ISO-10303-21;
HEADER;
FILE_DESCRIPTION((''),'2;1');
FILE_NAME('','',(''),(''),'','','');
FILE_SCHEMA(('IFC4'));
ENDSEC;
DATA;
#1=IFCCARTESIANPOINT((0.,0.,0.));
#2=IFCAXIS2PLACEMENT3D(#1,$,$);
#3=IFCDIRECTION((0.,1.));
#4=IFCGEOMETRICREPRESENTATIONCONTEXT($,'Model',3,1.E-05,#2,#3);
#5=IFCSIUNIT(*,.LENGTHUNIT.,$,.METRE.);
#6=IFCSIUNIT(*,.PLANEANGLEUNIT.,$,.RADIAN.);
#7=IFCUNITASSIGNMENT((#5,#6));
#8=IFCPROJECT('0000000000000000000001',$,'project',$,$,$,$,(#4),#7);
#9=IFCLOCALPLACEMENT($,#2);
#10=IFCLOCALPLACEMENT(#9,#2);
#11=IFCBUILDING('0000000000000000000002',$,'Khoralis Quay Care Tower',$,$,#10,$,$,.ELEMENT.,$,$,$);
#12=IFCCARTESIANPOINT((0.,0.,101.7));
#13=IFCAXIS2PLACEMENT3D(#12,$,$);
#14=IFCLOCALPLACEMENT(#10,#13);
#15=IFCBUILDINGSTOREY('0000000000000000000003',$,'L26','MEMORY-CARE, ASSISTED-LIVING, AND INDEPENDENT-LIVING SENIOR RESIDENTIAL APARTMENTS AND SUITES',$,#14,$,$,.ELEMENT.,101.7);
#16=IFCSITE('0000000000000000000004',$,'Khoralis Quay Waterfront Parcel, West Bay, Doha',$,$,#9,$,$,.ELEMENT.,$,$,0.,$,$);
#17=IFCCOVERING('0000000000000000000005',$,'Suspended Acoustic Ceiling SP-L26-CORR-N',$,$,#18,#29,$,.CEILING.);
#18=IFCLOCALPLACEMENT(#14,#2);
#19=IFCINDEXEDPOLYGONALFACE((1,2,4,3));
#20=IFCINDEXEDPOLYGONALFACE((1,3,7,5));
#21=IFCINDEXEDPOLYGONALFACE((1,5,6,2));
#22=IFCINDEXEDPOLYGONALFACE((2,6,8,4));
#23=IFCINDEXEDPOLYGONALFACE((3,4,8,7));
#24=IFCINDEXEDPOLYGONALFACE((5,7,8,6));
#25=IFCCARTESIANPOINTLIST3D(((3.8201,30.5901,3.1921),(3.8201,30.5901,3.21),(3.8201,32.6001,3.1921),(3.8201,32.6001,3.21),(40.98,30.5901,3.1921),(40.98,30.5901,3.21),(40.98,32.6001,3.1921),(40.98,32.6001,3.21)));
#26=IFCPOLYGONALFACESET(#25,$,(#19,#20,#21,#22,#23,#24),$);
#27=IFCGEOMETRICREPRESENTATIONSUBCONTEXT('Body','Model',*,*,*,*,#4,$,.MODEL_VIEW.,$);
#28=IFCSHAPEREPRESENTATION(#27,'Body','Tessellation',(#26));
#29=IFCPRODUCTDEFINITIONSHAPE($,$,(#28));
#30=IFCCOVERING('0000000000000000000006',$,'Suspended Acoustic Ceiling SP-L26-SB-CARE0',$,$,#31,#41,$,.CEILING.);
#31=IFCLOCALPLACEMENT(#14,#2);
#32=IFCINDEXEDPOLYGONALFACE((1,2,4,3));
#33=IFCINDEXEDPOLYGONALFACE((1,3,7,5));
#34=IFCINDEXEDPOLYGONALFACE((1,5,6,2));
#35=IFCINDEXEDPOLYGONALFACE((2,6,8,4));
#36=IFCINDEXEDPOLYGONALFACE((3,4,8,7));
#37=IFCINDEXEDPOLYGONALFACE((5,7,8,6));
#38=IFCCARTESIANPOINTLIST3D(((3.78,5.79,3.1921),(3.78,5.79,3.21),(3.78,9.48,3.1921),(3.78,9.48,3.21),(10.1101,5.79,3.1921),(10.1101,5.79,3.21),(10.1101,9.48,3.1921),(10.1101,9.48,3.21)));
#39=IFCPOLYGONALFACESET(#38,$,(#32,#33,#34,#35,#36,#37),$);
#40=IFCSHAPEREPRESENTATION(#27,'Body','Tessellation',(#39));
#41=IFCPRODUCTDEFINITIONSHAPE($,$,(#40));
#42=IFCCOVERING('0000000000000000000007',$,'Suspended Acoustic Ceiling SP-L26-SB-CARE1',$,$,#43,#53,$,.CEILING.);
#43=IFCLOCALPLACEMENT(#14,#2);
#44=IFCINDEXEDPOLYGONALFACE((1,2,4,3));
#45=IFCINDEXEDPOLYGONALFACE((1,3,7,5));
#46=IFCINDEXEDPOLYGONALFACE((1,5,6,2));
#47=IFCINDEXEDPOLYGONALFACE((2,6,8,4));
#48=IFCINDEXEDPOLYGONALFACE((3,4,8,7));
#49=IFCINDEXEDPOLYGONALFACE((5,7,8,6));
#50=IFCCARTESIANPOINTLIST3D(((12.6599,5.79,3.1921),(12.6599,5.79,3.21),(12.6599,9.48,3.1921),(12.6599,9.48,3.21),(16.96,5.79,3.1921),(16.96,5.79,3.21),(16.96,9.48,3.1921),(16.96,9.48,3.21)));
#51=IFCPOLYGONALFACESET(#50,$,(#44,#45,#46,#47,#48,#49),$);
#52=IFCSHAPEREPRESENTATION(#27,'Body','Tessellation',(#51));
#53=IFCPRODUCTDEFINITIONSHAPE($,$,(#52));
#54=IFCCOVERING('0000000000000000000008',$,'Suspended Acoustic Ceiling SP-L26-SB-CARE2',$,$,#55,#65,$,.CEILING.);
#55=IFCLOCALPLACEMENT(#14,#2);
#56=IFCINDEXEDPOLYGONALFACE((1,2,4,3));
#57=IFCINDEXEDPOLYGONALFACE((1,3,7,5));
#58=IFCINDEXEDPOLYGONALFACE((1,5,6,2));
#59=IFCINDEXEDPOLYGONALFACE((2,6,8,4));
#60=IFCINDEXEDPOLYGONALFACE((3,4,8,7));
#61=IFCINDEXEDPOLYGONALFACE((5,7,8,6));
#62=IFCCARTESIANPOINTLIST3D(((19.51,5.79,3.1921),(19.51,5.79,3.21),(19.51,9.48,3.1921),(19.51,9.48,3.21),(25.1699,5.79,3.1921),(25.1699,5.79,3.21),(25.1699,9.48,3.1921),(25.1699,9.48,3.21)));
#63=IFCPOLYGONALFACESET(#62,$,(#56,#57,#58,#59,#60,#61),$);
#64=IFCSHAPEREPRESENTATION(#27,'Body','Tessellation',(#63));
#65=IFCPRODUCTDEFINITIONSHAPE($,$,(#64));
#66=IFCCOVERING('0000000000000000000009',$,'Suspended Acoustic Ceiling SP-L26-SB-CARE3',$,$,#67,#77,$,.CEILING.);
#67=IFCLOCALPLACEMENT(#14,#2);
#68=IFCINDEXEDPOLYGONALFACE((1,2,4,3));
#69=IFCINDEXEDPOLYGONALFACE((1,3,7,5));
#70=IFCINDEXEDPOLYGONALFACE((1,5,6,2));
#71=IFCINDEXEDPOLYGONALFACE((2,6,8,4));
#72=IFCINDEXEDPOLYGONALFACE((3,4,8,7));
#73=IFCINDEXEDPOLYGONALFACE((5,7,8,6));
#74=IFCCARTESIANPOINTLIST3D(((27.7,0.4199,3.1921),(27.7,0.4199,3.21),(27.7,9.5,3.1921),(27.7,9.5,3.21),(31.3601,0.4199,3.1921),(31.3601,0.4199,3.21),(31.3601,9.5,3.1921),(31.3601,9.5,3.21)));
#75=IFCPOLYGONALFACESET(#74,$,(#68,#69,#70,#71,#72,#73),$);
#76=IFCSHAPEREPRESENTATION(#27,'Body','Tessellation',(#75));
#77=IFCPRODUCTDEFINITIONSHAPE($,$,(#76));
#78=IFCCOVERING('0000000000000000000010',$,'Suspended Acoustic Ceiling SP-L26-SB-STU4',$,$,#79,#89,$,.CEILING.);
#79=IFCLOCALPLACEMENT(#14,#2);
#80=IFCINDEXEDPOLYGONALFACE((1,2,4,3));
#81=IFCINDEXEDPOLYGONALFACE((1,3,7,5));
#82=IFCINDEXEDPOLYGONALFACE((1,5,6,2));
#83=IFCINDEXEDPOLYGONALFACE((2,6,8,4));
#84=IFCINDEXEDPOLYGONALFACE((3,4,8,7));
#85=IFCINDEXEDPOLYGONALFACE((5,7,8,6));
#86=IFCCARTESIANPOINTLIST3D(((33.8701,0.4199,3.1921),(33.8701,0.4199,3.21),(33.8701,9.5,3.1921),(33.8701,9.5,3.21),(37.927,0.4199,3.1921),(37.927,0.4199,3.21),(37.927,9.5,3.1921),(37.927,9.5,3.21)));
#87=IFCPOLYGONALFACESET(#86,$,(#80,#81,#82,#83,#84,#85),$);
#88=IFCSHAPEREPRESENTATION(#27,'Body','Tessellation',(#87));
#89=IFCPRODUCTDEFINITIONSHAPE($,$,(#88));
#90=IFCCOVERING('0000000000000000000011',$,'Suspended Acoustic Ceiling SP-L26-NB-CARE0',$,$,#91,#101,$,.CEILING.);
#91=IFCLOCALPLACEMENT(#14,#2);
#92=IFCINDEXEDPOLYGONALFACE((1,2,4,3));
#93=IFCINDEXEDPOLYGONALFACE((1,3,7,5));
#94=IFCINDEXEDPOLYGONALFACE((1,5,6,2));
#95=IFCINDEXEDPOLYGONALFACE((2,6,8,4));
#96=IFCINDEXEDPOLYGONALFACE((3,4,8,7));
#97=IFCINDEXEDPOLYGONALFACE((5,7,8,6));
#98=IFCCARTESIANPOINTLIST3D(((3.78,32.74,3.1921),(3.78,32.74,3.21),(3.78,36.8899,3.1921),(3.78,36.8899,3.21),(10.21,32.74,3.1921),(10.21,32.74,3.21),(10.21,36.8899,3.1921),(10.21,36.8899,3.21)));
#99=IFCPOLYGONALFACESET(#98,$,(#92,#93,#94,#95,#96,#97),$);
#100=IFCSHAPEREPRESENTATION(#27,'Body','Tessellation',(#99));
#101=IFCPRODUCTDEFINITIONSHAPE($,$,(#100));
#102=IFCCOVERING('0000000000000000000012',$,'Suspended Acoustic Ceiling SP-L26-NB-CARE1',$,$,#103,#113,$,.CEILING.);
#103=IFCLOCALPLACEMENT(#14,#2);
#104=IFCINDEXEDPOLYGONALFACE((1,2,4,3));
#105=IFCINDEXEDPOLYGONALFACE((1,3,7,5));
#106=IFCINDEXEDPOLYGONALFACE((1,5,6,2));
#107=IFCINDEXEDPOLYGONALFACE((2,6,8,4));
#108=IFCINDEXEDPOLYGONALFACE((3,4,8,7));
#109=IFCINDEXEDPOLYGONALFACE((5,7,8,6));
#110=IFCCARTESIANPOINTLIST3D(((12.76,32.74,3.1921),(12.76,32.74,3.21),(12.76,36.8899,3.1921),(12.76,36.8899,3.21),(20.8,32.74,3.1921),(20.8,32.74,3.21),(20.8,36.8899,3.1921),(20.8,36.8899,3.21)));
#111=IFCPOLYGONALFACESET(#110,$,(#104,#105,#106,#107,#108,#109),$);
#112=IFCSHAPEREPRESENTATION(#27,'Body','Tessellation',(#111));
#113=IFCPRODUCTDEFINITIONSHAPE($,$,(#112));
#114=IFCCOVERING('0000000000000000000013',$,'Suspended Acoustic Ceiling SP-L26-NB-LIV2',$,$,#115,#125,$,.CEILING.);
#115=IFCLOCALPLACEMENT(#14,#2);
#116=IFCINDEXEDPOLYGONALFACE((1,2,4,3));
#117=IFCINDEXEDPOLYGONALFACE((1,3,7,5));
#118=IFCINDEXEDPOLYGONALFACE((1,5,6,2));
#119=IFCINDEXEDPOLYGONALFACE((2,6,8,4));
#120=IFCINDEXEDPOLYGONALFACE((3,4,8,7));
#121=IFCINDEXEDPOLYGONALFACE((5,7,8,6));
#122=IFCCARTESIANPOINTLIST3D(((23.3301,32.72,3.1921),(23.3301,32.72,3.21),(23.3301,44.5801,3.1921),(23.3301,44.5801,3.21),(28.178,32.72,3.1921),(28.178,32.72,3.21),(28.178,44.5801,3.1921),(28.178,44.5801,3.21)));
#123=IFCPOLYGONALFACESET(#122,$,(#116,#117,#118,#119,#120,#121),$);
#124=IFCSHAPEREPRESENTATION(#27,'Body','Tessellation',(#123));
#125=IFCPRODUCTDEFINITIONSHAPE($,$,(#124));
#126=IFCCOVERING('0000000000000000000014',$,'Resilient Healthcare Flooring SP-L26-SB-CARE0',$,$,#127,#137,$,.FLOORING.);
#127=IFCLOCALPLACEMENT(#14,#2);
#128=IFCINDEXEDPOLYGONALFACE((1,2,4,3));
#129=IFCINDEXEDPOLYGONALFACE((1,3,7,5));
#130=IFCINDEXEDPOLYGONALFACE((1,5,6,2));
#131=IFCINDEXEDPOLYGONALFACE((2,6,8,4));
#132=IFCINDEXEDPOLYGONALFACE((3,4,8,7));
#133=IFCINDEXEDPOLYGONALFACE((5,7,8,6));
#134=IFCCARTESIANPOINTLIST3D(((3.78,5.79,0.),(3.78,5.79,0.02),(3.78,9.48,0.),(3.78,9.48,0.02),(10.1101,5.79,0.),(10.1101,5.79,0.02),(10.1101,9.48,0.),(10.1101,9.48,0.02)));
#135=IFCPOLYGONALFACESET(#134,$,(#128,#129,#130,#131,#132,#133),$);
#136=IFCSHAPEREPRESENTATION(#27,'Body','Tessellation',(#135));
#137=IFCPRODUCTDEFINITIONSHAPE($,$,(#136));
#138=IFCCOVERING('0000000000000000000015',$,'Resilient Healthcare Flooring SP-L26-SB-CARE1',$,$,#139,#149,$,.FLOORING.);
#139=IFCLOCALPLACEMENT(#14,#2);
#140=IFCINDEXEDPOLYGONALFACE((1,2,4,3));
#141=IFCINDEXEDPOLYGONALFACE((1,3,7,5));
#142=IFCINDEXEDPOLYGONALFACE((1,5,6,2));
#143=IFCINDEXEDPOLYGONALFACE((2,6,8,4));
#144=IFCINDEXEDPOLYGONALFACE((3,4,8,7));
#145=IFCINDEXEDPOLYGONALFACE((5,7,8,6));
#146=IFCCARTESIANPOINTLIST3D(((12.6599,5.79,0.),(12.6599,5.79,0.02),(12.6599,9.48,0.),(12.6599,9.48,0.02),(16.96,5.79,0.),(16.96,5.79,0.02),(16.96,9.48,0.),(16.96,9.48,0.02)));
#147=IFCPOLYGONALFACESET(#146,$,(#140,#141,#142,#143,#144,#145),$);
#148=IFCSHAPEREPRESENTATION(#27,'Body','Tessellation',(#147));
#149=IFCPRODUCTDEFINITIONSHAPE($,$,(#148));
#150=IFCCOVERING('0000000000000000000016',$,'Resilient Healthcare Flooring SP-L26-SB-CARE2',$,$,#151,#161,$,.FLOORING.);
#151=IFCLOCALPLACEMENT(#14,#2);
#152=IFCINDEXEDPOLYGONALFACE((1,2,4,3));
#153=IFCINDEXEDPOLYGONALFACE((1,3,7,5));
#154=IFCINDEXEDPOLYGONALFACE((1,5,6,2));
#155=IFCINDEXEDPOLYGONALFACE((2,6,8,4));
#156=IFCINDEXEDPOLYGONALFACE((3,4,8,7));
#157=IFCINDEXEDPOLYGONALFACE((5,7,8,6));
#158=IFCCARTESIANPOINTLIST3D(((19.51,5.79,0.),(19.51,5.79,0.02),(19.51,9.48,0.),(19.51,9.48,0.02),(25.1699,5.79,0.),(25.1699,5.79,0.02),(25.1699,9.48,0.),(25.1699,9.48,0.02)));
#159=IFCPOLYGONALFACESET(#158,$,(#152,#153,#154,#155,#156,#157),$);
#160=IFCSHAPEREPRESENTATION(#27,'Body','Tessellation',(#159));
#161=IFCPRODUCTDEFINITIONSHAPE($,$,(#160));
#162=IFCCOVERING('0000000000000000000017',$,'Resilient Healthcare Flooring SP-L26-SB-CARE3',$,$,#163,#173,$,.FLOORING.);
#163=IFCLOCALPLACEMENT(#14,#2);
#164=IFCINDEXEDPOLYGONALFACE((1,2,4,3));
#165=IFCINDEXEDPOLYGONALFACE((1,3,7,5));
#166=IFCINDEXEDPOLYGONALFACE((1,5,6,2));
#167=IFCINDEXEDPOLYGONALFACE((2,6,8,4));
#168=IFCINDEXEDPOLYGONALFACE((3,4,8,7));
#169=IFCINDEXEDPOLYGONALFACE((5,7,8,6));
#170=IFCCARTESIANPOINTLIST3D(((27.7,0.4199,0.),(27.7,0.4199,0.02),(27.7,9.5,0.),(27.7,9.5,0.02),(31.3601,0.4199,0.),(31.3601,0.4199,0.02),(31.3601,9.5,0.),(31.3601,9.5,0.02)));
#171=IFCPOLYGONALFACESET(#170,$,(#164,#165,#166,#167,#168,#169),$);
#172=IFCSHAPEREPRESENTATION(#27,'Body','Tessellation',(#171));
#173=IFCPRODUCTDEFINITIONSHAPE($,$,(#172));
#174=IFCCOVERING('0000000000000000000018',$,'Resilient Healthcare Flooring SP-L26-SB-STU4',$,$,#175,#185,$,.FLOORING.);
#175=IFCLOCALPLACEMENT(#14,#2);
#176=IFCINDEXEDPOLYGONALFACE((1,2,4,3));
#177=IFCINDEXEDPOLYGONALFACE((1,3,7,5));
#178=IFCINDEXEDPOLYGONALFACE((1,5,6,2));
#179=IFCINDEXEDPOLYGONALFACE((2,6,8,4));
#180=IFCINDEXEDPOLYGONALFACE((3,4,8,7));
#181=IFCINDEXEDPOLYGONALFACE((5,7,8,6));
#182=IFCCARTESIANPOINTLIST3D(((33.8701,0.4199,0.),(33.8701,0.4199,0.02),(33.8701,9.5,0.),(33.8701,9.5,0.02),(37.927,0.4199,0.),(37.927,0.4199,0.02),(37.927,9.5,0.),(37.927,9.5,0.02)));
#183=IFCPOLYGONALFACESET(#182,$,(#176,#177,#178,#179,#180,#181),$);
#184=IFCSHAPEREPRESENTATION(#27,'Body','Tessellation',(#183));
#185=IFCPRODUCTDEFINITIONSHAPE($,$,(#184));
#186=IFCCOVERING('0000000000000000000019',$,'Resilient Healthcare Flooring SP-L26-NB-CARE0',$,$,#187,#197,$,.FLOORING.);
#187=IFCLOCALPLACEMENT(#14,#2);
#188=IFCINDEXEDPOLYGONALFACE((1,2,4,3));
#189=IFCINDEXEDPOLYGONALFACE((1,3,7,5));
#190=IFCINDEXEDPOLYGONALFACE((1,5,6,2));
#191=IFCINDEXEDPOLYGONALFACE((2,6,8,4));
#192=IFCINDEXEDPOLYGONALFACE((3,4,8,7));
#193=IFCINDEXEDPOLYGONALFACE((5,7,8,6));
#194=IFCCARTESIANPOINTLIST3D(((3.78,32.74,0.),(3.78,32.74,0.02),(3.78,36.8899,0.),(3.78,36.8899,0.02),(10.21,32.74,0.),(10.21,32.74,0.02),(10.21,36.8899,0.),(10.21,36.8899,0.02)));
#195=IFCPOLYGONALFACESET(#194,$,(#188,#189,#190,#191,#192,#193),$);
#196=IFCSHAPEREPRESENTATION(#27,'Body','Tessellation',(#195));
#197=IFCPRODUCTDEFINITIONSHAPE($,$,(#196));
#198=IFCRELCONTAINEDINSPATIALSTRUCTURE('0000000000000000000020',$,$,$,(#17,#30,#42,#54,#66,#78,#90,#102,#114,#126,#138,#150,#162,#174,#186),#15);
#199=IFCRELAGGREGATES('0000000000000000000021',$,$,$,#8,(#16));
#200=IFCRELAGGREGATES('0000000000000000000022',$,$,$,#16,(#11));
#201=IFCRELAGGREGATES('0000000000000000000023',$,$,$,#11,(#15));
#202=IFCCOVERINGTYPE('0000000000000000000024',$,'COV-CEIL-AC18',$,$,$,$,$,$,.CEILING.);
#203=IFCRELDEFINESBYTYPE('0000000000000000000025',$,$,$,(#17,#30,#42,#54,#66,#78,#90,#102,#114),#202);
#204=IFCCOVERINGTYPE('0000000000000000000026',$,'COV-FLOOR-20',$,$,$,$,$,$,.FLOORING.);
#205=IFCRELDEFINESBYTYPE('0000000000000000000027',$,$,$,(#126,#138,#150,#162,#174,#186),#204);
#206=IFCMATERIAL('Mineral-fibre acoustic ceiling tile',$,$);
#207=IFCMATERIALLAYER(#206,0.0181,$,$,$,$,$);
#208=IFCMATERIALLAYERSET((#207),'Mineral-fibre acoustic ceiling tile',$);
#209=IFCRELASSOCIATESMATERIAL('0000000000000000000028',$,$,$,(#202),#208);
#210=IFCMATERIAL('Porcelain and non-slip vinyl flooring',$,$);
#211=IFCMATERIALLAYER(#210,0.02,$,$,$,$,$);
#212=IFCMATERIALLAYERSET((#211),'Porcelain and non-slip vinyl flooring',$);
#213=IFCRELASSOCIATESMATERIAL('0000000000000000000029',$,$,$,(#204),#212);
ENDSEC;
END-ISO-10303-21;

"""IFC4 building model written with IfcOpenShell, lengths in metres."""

from ifc_helpers import new_model, si_unit, direction, frame, origin, place, context, subcontext, project, spatial, polyline, outline, extrude, material, layer, layer_set, type_object, element, save


model = new_model("IFC4")

# Units and contexts
model_context = context("Model", 3, precision=1e-05, world=origin(), true_north=direction((0.0, 1.0)))
body_context = subcontext(model_context, "Body", "Model", "MODEL_VIEW")
ifc_project = project(units=[si_unit("LENGTHUNIT", "METRE"), si_unit("PLANEANGLEUNIT", "RADIAN")], contexts=[model_context])

# Site, building, storey
site_placement = place(None, origin())
site = spatial("IfcSite", under=ifc_project, at=site_placement, Name="Khoralis Quay Waterfront Parcel, West Bay, Doha", CompositionType="ELEMENT", RefElevation=0.0)
building_placement = place(site_placement, origin())
building = spatial("IfcBuilding", under=site, at=building_placement, Name="Khoralis Quay Care Tower", CompositionType="ELEMENT")
storey_placement = place(building_placement, frame((0.0, 0.0, 101.7)))
storey = spatial("IfcBuildingStorey", under=building, at=storey_placement, Name="L26", Description="MEMORY-CARE, ASSISTED-LIVING, AND INDEPENDENT-LIVING SENIOR RESIDENTIAL APARTMENTS AND SUITES", CompositionType="ELEMENT", Elevation=101.7)

# Coverings
ifc_material_1 = material(Name="Mineral-fibre acoustic ceiling tile")
ifc_layer_1 = layer(ifc_material_1, 0.0181)
ifc_layer_set_1 = layer_set([ifc_layer_1], Name="Mineral-fibre acoustic ceiling tile")
covering_type_1 = type_object("IfcCoveringType", Name="COV-CEIL-AC18", PredefinedType="CEILING", material=ifc_layer_set_1)
covering_1_placement = place(storey_placement, frame((0.0, 0.0, 3.1921)))
element("IfcCovering", 1, at=covering_1_placement, inside=storey, type_object=covering_type_1, Name="Suspended Acoustic Ceiling SP-L26-CORR-N", PredefinedType="CEILING", context=body_context, shape_type="SweptSolid", body=[
    extrude(outline(polyline([(3.8201, 30.5901), (40.98, 30.5901), (40.98, 32.6001), (3.8201, 32.6001), (3.8201, 30.5901)])), origin(), (0.0, 0.0, 1.0), 0.0178),
])
covering_2_placement = place(storey_placement, frame((0.0, 0.0, 3.1921)))
element("IfcCovering", 2, at=covering_2_placement, inside=storey, type_object=covering_type_1, Name="Suspended Acoustic Ceiling SP-L26-SB-CARE0", PredefinedType="CEILING", context=body_context, shape_type="SweptSolid", body=[
    extrude(outline(polyline([(3.78, 5.79), (10.1101, 5.79), (10.1101, 9.48), (3.78, 9.48), (3.78, 5.79)])), origin(), (0.0, 0.0, 1.0), 0.0178),
])
covering_3_placement = place(storey_placement, frame((0.0, 0.0, 3.1921)))
element("IfcCovering", 3, at=covering_3_placement, inside=storey, type_object=covering_type_1, Name="Suspended Acoustic Ceiling SP-L26-SB-CARE1", PredefinedType="CEILING", context=body_context, shape_type="SweptSolid", body=[
    extrude(outline(polyline([(12.6599, 5.79), (16.96, 5.79), (16.96, 9.48), (12.6599, 9.48), (12.6599, 5.79)])), origin(), (0.0, 0.0, 1.0), 0.0178),
])
covering_4_placement = place(storey_placement, frame((0.0, 0.0, 3.1921)))
element("IfcCovering", 4, at=covering_4_placement, inside=storey, type_object=covering_type_1, Name="Suspended Acoustic Ceiling SP-L26-SB-CARE2", PredefinedType="CEILING", context=body_context, shape_type="SweptSolid", body=[
    extrude(outline(polyline([(19.51, 5.79), (25.1699, 5.79), (25.1699, 9.48), (19.51, 9.48), (19.51, 5.79)])), origin(), (0.0, 0.0, 1.0), 0.0178),
])
covering_5_placement = place(storey_placement, frame((0.0, 0.0, 3.1921)))
element("IfcCovering", 5, at=covering_5_placement, inside=storey, type_object=covering_type_1, Name="Suspended Acoustic Ceiling SP-L26-SB-CARE3", PredefinedType="CEILING", context=body_context, shape_type="SweptSolid", body=[
    extrude(outline(polyline([(27.7, 0.4199), (31.3601, 0.4199), (31.3601, 9.5), (27.7, 9.5), (27.7, 0.4199)])), origin(), (0.0, 0.0, 1.0), 0.0178),
])
covering_6_placement = place(storey_placement, frame((0.0, 0.0, 3.1921)))
element("IfcCovering", 6, at=covering_6_placement, inside=storey, type_object=covering_type_1, Name="Suspended Acoustic Ceiling SP-L26-SB-STU4", PredefinedType="CEILING", context=body_context, shape_type="SweptSolid", body=[
    extrude(outline(polyline([(33.8701, 0.4199), (37.927, 0.4199), (37.927, 9.5), (33.8701, 9.5), (33.8701, 0.4199)])), origin(), (0.0, 0.0, 1.0), 0.0178),
])
covering_7_placement = place(storey_placement, frame((0.0, 0.0, 3.1921)))
element("IfcCovering", 7, at=covering_7_placement, inside=storey, type_object=covering_type_1, Name="Suspended Acoustic Ceiling SP-L26-NB-CARE0", PredefinedType="CEILING", context=body_context, shape_type="SweptSolid", body=[
    extrude(outline(polyline([(3.78, 32.74), (10.21, 32.74), (10.21, 36.8899), (3.78, 36.8899), (3.78, 32.74)])), origin(), (0.0, 0.0, 1.0), 0.0178),
])
covering_8_placement = place(storey_placement, frame((0.0, 0.0, 3.1921)))
element("IfcCovering", 8, at=covering_8_placement, inside=storey, type_object=covering_type_1, Name="Suspended Acoustic Ceiling SP-L26-NB-CARE1", PredefinedType="CEILING", context=body_context, shape_type="SweptSolid", body=[
    extrude(outline(polyline([(12.76, 32.74), (20.8, 32.74), (20.8, 36.8899), (12.76, 36.8899), (12.76, 32.74)])), origin(), (0.0, 0.0, 1.0), 0.0178),
])
covering_9_placement = place(storey_placement, frame((0.0, 0.0, 3.1921)))
element("IfcCovering", 9, at=covering_9_placement, inside=storey, type_object=covering_type_1, Name="Suspended Acoustic Ceiling SP-L26-NB-LIV2", PredefinedType="CEILING", context=body_context, shape_type="SweptSolid", body=[
    extrude(outline(polyline([(23.3301, 32.72), (28.178, 32.72), (28.178, 44.5801), (23.3301, 44.5801), (23.3301, 32.72)])), origin(), (0.0, 0.0, 1.0), 0.0178),
])
ifc_material_2 = material(Name="Porcelain and non-slip vinyl flooring")
ifc_layer_2 = layer(ifc_material_2, 0.02)
ifc_layer_set_2 = layer_set([ifc_layer_2], Name="Porcelain and non-slip vinyl flooring")
covering_type_2 = type_object("IfcCoveringType", Name="COV-FLOOR-20", PredefinedType="FLOORING", material=ifc_layer_set_2)
covering_10_placement = place(storey_placement, origin())
element("IfcCovering", 10, at=covering_10_placement, inside=storey, type_object=covering_type_2, Name="Resilient Healthcare Flooring SP-L26-SB-CARE0", PredefinedType="FLOORING", context=body_context, shape_type="SweptSolid", body=[
    extrude(outline(polyline([(3.78, 5.79), (10.1101, 5.79), (10.1101, 9.48), (3.78, 9.48), (3.78, 5.79)])), origin(), (0.0, 0.0, 1.0), 0.02),
])
covering_11_placement = place(storey_placement, origin())
element("IfcCovering", 11, at=covering_11_placement, inside=storey, type_object=covering_type_2, Name="Resilient Healthcare Flooring SP-L26-SB-CARE1", PredefinedType="FLOORING", context=body_context, shape_type="SweptSolid", body=[
    extrude(outline(polyline([(12.6599, 5.79), (16.96, 5.79), (16.96, 9.48), (12.6599, 9.48), (12.6599, 5.79)])), origin(), (0.0, 0.0, 1.0), 0.02),
])
covering_12_placement = place(storey_placement, origin())
element("IfcCovering", 12, at=covering_12_placement, inside=storey, type_object=covering_type_2, Name="Resilient Healthcare Flooring SP-L26-SB-CARE2", PredefinedType="FLOORING", context=body_context, shape_type="SweptSolid", body=[
    extrude(outline(polyline([(19.51, 5.79), (25.1699, 5.79), (25.1699, 9.48), (19.51, 9.48), (19.51, 5.79)])), origin(), (0.0, 0.0, 1.0), 0.02),
])
covering_13_placement = place(storey_placement, origin())
element("IfcCovering", 13, at=covering_13_placement, inside=storey, type_object=covering_type_2, Name="Resilient Healthcare Flooring SP-L26-SB-CARE3", PredefinedType="FLOORING", context=body_context, shape_type="SweptSolid", body=[
    extrude(outline(polyline([(27.7, 0.4199), (31.3601, 0.4199), (31.3601, 9.5), (27.7, 9.5), (27.7, 0.4199)])), origin(), (0.0, 0.0, 1.0), 0.02),
])
covering_14_placement = place(storey_placement, origin())
element("IfcCovering", 14, at=covering_14_placement, inside=storey, type_object=covering_type_2, Name="Resilient Healthcare Flooring SP-L26-SB-STU4", PredefinedType="FLOORING", context=body_context, shape_type="SweptSolid", body=[
    extrude(outline(polyline([(33.8701, 0.4199), (37.927, 0.4199), (37.927, 9.5), (33.8701, 9.5), (33.8701, 0.4199)])), origin(), (0.0, 0.0, 1.0), 0.02),
])
covering_15_placement = place(storey_placement, origin())
element("IfcCovering", 15, at=covering_15_placement, inside=storey, type_object=covering_type_2, Name="Resilient Healthcare Flooring SP-L26-NB-CARE0", PredefinedType="FLOORING", context=body_context, shape_type="SweptSolid", body=[
    extrude(outline(polyline([(3.78, 32.74), (10.21, 32.74), (10.21, 36.8899), (3.78, 36.8899), (3.78, 32.74)])), origin(), (0.0, 0.0, 1.0), 0.02),
])

save(model, "model.ifc")
